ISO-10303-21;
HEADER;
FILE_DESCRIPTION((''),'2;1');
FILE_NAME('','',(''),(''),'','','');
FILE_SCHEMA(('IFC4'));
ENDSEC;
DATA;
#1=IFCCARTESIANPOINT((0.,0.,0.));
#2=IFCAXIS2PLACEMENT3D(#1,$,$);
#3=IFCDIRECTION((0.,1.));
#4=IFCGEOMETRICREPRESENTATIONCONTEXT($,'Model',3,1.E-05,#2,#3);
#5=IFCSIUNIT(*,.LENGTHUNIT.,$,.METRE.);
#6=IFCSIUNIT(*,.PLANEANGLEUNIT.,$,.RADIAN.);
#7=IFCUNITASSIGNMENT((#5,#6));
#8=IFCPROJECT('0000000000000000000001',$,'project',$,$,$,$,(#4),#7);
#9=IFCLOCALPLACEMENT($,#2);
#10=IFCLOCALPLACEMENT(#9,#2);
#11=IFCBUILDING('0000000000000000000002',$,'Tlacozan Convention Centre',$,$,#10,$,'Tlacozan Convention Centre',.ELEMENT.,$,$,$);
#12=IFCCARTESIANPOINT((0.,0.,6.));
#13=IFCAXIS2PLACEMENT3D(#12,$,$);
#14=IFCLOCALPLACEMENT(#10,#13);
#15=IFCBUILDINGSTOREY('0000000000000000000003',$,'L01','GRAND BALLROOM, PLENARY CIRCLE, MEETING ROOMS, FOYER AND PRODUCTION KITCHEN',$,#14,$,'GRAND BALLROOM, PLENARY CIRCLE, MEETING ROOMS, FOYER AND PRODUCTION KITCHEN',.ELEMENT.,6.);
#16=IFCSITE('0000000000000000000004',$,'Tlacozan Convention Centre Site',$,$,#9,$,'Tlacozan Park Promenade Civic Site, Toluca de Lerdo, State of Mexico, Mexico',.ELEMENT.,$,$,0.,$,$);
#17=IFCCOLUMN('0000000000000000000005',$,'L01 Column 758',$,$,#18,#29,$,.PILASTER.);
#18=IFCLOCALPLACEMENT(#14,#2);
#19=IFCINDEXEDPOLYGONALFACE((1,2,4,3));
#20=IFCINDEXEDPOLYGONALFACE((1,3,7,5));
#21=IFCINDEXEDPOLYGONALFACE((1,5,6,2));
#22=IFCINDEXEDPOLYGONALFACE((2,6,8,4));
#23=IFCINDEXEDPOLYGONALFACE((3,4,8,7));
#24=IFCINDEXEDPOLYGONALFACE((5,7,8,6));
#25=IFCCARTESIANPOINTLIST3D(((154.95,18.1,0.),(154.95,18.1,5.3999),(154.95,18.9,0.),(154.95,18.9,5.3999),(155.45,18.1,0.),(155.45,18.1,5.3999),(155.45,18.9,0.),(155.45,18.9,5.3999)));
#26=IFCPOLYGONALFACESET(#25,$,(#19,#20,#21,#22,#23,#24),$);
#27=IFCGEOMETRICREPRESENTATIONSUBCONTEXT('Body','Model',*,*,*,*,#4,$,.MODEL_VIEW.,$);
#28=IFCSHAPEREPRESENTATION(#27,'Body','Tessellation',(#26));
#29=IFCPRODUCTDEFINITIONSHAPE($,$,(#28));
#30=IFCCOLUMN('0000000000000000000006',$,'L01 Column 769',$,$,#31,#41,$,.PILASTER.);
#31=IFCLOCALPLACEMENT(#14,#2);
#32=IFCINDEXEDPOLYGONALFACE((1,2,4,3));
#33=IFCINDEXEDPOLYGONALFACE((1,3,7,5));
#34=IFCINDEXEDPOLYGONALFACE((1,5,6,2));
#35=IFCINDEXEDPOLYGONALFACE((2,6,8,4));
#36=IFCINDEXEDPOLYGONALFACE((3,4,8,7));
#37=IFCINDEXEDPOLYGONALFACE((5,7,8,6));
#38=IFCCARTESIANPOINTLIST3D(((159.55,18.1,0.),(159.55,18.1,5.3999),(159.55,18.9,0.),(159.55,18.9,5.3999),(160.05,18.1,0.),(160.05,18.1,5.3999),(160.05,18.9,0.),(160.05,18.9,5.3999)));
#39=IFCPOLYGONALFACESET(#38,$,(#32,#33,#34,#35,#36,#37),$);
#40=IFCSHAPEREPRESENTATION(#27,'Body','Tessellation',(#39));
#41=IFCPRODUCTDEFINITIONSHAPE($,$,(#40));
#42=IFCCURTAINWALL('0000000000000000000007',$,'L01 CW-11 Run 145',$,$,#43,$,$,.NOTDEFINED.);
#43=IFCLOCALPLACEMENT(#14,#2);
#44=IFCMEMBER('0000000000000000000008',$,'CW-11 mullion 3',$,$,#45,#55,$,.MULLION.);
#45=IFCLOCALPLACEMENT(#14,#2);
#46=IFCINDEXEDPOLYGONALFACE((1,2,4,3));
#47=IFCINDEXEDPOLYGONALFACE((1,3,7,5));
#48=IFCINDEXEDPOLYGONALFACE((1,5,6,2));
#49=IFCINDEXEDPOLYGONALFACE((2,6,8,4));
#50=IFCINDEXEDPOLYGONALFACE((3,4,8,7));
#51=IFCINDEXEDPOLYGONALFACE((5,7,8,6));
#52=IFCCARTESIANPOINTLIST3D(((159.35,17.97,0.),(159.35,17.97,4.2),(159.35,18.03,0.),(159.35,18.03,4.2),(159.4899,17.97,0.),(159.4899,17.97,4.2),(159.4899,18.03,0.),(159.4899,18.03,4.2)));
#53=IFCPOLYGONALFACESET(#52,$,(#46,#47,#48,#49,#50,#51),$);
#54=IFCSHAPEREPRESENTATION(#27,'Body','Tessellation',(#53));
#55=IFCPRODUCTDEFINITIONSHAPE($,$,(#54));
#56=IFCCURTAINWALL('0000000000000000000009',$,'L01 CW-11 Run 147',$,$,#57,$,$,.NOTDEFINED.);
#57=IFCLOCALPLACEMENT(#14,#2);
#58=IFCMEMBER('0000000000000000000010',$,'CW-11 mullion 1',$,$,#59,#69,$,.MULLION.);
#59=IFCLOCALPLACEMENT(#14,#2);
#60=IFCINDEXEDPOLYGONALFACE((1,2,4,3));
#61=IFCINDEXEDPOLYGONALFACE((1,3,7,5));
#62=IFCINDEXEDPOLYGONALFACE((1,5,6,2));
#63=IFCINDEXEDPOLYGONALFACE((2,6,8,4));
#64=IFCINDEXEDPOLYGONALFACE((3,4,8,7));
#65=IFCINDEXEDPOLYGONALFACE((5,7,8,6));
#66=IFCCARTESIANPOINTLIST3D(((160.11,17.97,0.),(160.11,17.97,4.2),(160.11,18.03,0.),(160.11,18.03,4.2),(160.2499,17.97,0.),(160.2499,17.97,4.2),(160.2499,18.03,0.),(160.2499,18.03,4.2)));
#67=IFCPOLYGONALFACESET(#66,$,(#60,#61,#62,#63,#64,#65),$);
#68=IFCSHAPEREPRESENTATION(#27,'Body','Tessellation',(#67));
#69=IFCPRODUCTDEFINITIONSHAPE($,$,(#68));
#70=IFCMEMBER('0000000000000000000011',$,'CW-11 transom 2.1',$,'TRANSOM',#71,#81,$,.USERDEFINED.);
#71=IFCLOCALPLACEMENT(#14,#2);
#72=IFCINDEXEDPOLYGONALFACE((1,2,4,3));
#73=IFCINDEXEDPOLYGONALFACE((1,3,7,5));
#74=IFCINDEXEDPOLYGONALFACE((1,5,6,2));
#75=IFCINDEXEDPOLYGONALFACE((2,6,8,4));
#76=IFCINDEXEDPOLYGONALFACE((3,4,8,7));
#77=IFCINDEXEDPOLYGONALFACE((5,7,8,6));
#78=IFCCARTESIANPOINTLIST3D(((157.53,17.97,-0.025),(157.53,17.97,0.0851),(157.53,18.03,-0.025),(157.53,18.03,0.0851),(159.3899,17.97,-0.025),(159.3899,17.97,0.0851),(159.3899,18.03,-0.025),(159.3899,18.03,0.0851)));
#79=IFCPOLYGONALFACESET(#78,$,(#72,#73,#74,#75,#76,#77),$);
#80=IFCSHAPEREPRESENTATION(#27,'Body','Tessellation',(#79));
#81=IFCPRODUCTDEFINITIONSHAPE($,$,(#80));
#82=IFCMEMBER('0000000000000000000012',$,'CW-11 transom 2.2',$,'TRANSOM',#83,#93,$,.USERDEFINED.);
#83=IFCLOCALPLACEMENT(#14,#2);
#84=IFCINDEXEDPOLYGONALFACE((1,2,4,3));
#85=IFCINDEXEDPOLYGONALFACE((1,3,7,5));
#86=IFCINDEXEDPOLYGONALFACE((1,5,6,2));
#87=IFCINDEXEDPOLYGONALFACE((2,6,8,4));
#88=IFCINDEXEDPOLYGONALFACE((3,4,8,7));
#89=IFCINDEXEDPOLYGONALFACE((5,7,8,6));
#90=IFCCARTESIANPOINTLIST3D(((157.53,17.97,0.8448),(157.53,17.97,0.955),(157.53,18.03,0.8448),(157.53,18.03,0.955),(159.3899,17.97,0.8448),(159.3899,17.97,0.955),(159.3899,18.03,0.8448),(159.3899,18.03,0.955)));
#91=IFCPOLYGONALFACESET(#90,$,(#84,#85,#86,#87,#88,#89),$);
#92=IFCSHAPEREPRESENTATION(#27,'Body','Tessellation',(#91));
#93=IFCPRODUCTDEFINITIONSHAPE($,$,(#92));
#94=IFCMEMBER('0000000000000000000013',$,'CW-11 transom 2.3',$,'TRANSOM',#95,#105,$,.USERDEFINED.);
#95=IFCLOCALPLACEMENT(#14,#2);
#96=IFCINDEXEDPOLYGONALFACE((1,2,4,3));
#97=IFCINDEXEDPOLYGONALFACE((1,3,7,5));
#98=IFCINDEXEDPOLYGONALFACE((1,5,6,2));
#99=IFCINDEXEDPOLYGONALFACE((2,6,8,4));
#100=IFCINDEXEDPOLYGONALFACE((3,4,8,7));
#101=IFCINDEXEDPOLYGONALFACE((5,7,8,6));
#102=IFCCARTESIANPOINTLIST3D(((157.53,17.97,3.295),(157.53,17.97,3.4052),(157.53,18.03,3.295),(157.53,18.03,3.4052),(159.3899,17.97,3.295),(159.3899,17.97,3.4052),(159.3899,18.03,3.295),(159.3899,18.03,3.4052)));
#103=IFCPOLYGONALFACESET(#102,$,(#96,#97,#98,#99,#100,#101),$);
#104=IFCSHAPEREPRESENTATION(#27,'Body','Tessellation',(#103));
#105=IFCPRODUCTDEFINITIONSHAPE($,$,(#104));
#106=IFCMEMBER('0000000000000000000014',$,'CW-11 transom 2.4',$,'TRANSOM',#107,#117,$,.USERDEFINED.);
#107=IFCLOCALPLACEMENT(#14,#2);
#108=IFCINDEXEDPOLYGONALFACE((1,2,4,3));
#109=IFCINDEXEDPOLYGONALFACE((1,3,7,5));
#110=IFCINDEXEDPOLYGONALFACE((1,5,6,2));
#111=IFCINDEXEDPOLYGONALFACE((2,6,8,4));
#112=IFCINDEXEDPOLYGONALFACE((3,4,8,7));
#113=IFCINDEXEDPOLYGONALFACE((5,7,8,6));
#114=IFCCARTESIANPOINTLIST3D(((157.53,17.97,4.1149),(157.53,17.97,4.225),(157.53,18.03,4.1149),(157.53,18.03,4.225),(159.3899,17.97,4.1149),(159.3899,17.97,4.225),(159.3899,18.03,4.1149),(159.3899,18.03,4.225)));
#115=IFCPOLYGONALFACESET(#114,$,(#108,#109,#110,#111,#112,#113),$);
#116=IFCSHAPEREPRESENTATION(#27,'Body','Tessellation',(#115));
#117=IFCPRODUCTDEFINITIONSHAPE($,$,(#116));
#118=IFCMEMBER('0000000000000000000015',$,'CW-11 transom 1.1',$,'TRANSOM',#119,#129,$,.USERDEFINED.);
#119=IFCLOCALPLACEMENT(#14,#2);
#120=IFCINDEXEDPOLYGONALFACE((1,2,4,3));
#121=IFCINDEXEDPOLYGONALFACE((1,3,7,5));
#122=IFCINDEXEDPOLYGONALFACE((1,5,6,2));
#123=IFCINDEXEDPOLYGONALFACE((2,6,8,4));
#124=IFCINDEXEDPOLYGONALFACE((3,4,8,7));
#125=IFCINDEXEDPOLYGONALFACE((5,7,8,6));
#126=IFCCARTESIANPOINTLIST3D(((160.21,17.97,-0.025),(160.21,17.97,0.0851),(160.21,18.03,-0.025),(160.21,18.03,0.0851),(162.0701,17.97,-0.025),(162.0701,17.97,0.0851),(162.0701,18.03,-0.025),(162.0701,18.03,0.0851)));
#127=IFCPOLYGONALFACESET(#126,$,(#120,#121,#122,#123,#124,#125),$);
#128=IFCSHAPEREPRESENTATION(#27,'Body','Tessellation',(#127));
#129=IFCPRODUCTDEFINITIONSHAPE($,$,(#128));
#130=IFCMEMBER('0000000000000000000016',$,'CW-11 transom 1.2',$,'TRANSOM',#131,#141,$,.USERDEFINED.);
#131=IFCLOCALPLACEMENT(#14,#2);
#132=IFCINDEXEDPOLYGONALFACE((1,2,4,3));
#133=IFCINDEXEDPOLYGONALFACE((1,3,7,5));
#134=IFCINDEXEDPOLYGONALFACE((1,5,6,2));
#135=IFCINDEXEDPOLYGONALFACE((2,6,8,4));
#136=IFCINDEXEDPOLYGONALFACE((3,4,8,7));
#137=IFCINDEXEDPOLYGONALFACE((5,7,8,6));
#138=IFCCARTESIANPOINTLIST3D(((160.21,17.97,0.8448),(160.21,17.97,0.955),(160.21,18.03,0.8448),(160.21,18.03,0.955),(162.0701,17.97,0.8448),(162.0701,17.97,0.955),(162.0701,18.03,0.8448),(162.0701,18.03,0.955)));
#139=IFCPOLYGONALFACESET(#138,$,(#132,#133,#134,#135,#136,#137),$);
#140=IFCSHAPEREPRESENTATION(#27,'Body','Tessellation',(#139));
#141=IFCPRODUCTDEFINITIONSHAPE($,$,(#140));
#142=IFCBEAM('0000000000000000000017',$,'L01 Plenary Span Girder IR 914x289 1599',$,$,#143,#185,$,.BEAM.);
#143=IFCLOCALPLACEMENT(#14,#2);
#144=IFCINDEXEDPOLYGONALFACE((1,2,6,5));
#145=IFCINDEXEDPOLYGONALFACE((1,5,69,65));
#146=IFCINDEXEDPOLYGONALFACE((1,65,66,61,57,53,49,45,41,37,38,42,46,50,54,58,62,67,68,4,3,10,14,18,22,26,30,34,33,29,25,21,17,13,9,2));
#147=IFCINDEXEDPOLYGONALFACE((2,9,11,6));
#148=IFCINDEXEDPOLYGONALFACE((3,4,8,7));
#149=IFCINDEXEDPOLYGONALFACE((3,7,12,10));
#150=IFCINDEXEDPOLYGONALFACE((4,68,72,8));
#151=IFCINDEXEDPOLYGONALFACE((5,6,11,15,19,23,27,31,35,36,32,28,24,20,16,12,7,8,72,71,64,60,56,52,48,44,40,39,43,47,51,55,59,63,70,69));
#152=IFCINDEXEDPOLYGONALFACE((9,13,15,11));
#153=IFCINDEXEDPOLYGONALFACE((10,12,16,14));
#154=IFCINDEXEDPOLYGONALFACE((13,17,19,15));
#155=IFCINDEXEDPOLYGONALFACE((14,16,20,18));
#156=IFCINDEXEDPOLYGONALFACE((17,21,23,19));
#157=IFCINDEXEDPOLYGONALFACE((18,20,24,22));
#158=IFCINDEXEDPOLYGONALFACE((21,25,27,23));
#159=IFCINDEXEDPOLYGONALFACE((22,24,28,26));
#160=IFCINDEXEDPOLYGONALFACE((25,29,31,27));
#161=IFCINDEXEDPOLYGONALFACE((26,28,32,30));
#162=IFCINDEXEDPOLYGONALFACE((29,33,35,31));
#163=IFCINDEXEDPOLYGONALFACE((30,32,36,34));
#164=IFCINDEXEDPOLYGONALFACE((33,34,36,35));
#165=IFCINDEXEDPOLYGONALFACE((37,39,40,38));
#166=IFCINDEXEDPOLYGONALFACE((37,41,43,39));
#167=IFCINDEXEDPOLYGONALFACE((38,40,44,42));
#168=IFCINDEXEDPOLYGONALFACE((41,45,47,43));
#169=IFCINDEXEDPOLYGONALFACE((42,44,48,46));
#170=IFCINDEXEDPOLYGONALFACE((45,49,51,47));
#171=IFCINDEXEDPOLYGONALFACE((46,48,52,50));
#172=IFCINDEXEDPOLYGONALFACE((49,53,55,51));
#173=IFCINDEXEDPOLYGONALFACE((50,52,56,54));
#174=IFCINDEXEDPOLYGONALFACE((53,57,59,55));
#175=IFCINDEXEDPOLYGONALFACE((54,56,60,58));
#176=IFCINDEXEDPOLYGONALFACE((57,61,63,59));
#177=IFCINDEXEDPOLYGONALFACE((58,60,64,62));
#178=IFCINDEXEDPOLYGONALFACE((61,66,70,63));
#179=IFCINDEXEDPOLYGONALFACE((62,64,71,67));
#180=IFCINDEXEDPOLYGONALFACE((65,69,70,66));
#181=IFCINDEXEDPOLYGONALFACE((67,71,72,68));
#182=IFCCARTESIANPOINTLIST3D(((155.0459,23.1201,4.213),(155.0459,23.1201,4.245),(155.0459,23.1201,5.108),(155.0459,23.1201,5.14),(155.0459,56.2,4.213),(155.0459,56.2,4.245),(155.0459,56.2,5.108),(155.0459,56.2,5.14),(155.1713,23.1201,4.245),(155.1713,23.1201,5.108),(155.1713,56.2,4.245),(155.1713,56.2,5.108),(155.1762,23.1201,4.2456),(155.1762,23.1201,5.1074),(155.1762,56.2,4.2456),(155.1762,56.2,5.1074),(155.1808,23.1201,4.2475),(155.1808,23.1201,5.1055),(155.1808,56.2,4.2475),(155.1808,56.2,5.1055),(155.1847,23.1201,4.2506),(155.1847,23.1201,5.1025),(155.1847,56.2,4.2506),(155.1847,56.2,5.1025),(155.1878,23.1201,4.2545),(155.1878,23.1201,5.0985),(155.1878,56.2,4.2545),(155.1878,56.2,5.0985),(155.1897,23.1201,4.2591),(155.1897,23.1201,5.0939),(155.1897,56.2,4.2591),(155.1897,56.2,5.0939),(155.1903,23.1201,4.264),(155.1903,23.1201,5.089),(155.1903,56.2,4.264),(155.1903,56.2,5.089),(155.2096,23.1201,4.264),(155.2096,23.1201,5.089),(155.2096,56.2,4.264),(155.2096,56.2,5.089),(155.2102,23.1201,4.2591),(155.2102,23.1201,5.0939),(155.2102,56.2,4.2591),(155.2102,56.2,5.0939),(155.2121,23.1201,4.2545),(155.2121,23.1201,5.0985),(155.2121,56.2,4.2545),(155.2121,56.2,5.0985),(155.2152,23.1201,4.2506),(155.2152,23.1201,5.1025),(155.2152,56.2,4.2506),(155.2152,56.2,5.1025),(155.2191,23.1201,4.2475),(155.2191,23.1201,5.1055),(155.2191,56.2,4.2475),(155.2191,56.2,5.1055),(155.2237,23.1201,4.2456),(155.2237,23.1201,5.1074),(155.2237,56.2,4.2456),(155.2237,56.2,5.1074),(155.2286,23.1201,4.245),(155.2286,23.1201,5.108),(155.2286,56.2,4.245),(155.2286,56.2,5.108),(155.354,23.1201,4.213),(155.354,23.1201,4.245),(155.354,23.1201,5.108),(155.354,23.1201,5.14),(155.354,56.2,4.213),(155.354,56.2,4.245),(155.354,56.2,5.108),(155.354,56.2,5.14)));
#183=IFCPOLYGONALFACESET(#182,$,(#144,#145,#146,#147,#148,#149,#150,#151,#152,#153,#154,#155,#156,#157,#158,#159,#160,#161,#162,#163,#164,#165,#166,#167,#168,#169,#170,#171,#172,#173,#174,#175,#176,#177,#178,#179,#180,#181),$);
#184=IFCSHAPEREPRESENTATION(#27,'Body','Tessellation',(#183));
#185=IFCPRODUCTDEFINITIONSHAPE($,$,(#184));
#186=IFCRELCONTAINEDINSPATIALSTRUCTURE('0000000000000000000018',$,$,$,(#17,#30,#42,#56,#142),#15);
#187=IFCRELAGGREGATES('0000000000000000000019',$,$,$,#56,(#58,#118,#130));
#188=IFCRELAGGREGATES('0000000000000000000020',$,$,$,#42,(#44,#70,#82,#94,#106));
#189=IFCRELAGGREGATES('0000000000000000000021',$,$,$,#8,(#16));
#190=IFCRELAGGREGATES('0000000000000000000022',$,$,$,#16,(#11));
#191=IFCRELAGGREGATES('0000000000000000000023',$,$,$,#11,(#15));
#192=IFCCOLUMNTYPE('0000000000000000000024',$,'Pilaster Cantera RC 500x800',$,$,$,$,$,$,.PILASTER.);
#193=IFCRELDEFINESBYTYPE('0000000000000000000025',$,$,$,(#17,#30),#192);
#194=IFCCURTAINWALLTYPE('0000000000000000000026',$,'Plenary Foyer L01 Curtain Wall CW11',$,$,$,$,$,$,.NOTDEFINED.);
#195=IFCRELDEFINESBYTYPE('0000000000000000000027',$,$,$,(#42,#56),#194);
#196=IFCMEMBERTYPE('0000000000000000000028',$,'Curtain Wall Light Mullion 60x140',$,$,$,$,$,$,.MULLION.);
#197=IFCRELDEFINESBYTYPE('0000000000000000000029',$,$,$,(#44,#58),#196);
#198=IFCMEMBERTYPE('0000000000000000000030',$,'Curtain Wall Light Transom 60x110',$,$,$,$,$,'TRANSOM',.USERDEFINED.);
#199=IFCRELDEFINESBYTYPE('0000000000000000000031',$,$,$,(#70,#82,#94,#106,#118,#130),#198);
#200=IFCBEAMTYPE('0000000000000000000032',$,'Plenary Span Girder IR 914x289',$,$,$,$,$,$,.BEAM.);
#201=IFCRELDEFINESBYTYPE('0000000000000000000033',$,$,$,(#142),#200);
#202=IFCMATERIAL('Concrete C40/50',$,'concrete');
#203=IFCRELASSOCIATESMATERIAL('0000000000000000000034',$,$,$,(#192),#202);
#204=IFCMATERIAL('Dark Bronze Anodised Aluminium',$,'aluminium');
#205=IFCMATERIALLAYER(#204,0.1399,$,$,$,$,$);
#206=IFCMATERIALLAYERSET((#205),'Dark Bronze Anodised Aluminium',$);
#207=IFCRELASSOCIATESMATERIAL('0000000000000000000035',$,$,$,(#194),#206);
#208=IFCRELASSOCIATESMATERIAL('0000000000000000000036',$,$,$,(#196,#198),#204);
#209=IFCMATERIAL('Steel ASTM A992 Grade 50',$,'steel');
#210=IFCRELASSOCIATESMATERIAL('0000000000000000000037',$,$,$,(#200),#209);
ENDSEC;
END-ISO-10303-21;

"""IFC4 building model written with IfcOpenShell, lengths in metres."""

from ifc_helpers import new_model, si_unit, direction, frame, origin, origin_2d, place, context, subcontext, project, spatial, rectangle, i_section, extrude, material, layer, layer_set, material_profile, profile_set, type_object, element, aggregate, save


model = new_model("IFC4")

# Units and contexts
model_context = context("Model", 3, precision=1e-05, world=origin(), true_north=direction((0.0, 1.0)))
body_context = subcontext(model_context, "Body", "Model", "MODEL_VIEW")
ifc_project = project(units=[si_unit("LENGTHUNIT", "METRE"), si_unit("PLANEANGLEUNIT", "RADIAN")], contexts=[model_context])

# Site, building, storey
site_placement = place(None, origin())
site = spatial("IfcSite", under=ifc_project, at=site_placement, Name="Tlacozan Convention Centre Site", LongName="Tlacozan Park Promenade Civic Site, Toluca de Lerdo, State of Mexico, Mexico", CompositionType="ELEMENT", RefElevation=0.0)
building_placement = place(site_placement, origin())
building = spatial("IfcBuilding", under=site, at=building_placement, Name="Tlacozan Convention Centre", LongName="Tlacozan Convention Centre", CompositionType="ELEMENT")
storey_placement = place(building_placement, frame((0.0, 0.0, 6.0)))
storey = spatial("IfcBuildingStorey", under=building, at=storey_placement, Name="L01", Description="GRAND BALLROOM, PLENARY CIRCLE, MEETING ROOMS, FOYER AND PRODUCTION KITCHEN", LongName="GRAND BALLROOM, PLENARY CIRCLE, MEETING ROOMS, FOYER AND PRODUCTION KITCHEN", CompositionType="ELEMENT", Elevation=6.0)

# Columns
ifc_material_1 = material(Name="Concrete C40/50", Category="concrete")
ifc_material_profile_1 = material_profile(ifc_material_1, rectangle(XDim=0.5, YDim=0.8, at=origin_2d()), Name="RC 500x800")
ifc_profile_set_1 = profile_set([ifc_material_profile_1], Name="Concrete C40/50")
column_type = type_object("IfcColumnType", Name="Pilaster Cantera RC 500x800", PredefinedType="PILASTER", material=ifc_profile_set_1)
for number, where, z_axis, x_axis, name in (
    (1, (155.2, 18.5, 0.0), (0.0, 0.0, 1.0), (1.0, 0.0, 0.0), "L01 Column 758"),
    (2, (159.8, 18.5, 0.0), (0.0, 0.0, 1.0), (1.0, 0.0, 0.0), "L01 Column 769"),
):
    element("IfcColumn", number, at=place(storey_placement, frame(where, z_axis=z_axis, x_axis=x_axis)), inside=storey, type_object=column_type, Name=name, PredefinedType="PILASTER", context=body_context, shape_type="SweptSolid", body=[
        extrude(rectangle(XDim=0.5, YDim=0.8, at=origin_2d()), origin(), (0.0, 0.0, 1.0), 5.3999),
    ])

# Curtain walls, members
ifc_material_2 = material(Name="Dark Bronze Anodised Aluminium", Category="aluminium")
ifc_layer_1 = layer(ifc_material_2, 0.1399)
ifc_layer_set_1 = layer_set([ifc_layer_1], Name="Dark Bronze Anodised Aluminium")
curtain_wall_type = type_object("IfcCurtainWallType", Name="Plenary Foyer L01 Curtain Wall CW11", PredefinedType="NOTDEFINED", material=ifc_layer_set_1)
curtain_wall_1_placement = place(storey_placement, origin())
curtain_wall_1 = element("IfcCurtainWall", 3, at=curtain_wall_1_placement, inside=storey, type_object=curtain_wall_type, Name="L01 CW-11 Run 145", PredefinedType="NOTDEFINED")
ifc_material_profile_2 = material_profile(ifc_material_2, rectangle(XDim=0.0601, YDim=0.1399, at=origin_2d()), Name="ALU 60x140")
ifc_profile_set_2 = profile_set([ifc_material_profile_2], Name="Dark Bronze Anodised Aluminium")
member_type_1 = type_object("IfcMemberType", Name="Curtain Wall Light Mullion 60x140", PredefinedType="MULLION", material=ifc_profile_set_2)
member_1_placement = place(storey_placement, frame((159.4199, 18.0, 0.0), z_axis=(0.0, 0.0, 1.0), x_axis=(0.0, 1.0, 0.0)))
member_1 = element("IfcMember", 4, at=member_1_placement, type_object=member_type_1, Name="CW-11 mullion 3", PredefinedType="MULLION", context=body_context, shape_type="SweptSolid", body=[
    extrude(rectangle(XDim=0.0601, YDim=0.1399, at=origin_2d()), origin(), (0.0, 0.0, 1.0), 4.2),
])
curtain_wall_2_placement = place(storey_placement, origin())
curtain_wall_2 = element("IfcCurtainWall", 5, at=curtain_wall_2_placement, inside=storey, type_object=curtain_wall_type, Name="L01 CW-11 Run 147", PredefinedType="NOTDEFINED")
member_2_placement = place(storey_placement, frame((160.1799, 18.0, 0.0), z_axis=(0.0, 0.0, 1.0), x_axis=(0.0, 1.0, 0.0)))
member_2 = element("IfcMember", 6, at=member_2_placement, type_object=member_type_1, Name="CW-11 mullion 1", PredefinedType="MULLION", context=body_context, shape_type="SweptSolid", body=[
    extrude(rectangle(XDim=0.0601, YDim=0.1399, at=origin_2d()), origin(), (0.0, 0.0, 1.0), 4.2),
])

# Members
ifc_material_profile_3 = material_profile(ifc_material_2, rectangle(XDim=0.0601, YDim=0.1101, at=origin_2d()), Name="ALU 60x110")
ifc_profile_set_3 = profile_set([ifc_material_profile_3], Name="Dark Bronze Anodised Aluminium")
member_type_2 = type_object("IfcMemberType", Name="Curtain Wall Light Transom 60x110", ElementType="TRANSOM", PredefinedType="USERDEFINED", material=ifc_profile_set_3)
member_3_placement = place(storey_placement, frame((157.53, 18.0, 0.03), z_axis=(1.0, 0.0, 0.0), x_axis=(0.0, 1.0, 0.0)))
member_3 = element("IfcMember", 7, at=member_3_placement, type_object=member_type_2, Name="CW-11 transom 2.1", ObjectType="TRANSOM", PredefinedType="USERDEFINED", context=body_context, shape_type="SweptSolid", body=[
    extrude(rectangle(XDim=0.0601, YDim=0.1101, at=origin_2d()), origin(), (0.0, 0.0, 1.0), 1.8599),
])
member_4_placement = place(storey_placement, frame((157.53, 18.0, 0.8999), z_axis=(1.0, 0.0, 0.0), x_axis=(0.0, 1.0, 0.0)))
member_4 = element("IfcMember", 8, at=member_4_placement, type_object=member_type_2, Name="CW-11 transom 2.2", ObjectType="TRANSOM", PredefinedType="USERDEFINED", context=body_context, shape_type="SweptSolid", body=[
    extrude(rectangle(XDim=0.0601, YDim=0.1101, at=origin_2d()), origin(), (0.0, 0.0, 1.0), 1.8599),
])
member_5_placement = place(storey_placement, frame((157.53, 18.0, 3.3501), z_axis=(1.0, 0.0, 0.0), x_axis=(0.0, 1.0, 0.0)))
member_5 = element("IfcMember", 9, at=member_5_placement, type_object=member_type_2, Name="CW-11 transom 2.3", ObjectType="TRANSOM", PredefinedType="USERDEFINED", context=body_context, shape_type="SweptSolid", body=[
    extrude(rectangle(XDim=0.0601, YDim=0.1101, at=origin_2d()), origin(), (0.0, 0.0, 1.0), 1.8599),
])
member_6_placement = place(storey_placement, frame((157.53, 18.0, 4.1699), z_axis=(1.0, 0.0, 0.0), x_axis=(0.0, 1.0, 0.0)))
member_6 = element("IfcMember", 10, at=member_6_placement, type_object=member_type_2, Name="CW-11 transom 2.4", ObjectType="TRANSOM", PredefinedType="USERDEFINED", context=body_context, shape_type="SweptSolid", body=[
    extrude(rectangle(XDim=0.0601, YDim=0.1101, at=origin_2d()), origin(), (0.0, 0.0, 1.0), 1.8599),
])
member_7_placement = place(storey_placement, frame((160.21, 18.0, 0.03), z_axis=(1.0, 0.0, 0.0), x_axis=(0.0, 1.0, 0.0)))
member_7 = element("IfcMember", 11, at=member_7_placement, type_object=member_type_2, Name="CW-11 transom 1.1", ObjectType="TRANSOM", PredefinedType="USERDEFINED", context=body_context, shape_type="SweptSolid", body=[
    extrude(rectangle(XDim=0.0601, YDim=0.1101, at=origin_2d()), origin(), (0.0, 0.0, 1.0), 1.8601),
])
member_8_placement = place(storey_placement, frame((160.21, 18.0, 0.8999), z_axis=(1.0, 0.0, 0.0), x_axis=(0.0, 1.0, 0.0)))
member_8 = element("IfcMember", 12, at=member_8_placement, type_object=member_type_2, Name="CW-11 transom 1.2", ObjectType="TRANSOM", PredefinedType="USERDEFINED", context=body_context, shape_type="SweptSolid", body=[
    extrude(rectangle(XDim=0.0601, YDim=0.1101, at=origin_2d()), origin(), (0.0, 0.0, 1.0), 1.8601),
])
aggregate(curtain_wall_2, [member_2, member_7, member_8])

# Beam
ifc_material_3 = material(Name="Steel ASTM A992 Grade 50", Category="steel")
ifc_material_profile_4 = material_profile(ifc_material_3, i_section(OverallWidth=0.3081, OverallDepth=0.927, WebThickness=0.0193, FlangeThickness=0.032, FilletRadius=0.019, at=origin_2d()), Name="IR 914x289.0")
ifc_profile_set_4 = profile_set([ifc_material_profile_4], Name="Steel ASTM A992 Grade 50")
beam_type_1 = type_object("IfcBeamType", Name="Plenary Span Girder IR 914x289", PredefinedType="BEAM", material=ifc_profile_set_4)
beam_1_placement = place(storey_placement, frame((155.2, 23.1201, 4.6765), z_axis=(0.0, 1.0, 0.0), x_axis=(-1.0, 0.0, 0.0)))
element("IfcBeam", 13, at=beam_1_placement, inside=storey, type_object=beam_type_1, Name="L01 Plenary Span Girder IR 914x289 1599", PredefinedType="BEAM", context=body_context, shape_type="SweptSolid", body=[
    extrude(i_section(OverallWidth=0.3081, OverallDepth=0.927, WebThickness=0.0193, FlangeThickness=0.032, FilletRadius=0.019, at=origin_2d()), origin(), (0.0, 0.0, 1.0), 33.0798),
])

aggregate(curtain_wall_1, [member_1, member_3, member_4, member_5, member_6])

save(model, "model.ifc")
